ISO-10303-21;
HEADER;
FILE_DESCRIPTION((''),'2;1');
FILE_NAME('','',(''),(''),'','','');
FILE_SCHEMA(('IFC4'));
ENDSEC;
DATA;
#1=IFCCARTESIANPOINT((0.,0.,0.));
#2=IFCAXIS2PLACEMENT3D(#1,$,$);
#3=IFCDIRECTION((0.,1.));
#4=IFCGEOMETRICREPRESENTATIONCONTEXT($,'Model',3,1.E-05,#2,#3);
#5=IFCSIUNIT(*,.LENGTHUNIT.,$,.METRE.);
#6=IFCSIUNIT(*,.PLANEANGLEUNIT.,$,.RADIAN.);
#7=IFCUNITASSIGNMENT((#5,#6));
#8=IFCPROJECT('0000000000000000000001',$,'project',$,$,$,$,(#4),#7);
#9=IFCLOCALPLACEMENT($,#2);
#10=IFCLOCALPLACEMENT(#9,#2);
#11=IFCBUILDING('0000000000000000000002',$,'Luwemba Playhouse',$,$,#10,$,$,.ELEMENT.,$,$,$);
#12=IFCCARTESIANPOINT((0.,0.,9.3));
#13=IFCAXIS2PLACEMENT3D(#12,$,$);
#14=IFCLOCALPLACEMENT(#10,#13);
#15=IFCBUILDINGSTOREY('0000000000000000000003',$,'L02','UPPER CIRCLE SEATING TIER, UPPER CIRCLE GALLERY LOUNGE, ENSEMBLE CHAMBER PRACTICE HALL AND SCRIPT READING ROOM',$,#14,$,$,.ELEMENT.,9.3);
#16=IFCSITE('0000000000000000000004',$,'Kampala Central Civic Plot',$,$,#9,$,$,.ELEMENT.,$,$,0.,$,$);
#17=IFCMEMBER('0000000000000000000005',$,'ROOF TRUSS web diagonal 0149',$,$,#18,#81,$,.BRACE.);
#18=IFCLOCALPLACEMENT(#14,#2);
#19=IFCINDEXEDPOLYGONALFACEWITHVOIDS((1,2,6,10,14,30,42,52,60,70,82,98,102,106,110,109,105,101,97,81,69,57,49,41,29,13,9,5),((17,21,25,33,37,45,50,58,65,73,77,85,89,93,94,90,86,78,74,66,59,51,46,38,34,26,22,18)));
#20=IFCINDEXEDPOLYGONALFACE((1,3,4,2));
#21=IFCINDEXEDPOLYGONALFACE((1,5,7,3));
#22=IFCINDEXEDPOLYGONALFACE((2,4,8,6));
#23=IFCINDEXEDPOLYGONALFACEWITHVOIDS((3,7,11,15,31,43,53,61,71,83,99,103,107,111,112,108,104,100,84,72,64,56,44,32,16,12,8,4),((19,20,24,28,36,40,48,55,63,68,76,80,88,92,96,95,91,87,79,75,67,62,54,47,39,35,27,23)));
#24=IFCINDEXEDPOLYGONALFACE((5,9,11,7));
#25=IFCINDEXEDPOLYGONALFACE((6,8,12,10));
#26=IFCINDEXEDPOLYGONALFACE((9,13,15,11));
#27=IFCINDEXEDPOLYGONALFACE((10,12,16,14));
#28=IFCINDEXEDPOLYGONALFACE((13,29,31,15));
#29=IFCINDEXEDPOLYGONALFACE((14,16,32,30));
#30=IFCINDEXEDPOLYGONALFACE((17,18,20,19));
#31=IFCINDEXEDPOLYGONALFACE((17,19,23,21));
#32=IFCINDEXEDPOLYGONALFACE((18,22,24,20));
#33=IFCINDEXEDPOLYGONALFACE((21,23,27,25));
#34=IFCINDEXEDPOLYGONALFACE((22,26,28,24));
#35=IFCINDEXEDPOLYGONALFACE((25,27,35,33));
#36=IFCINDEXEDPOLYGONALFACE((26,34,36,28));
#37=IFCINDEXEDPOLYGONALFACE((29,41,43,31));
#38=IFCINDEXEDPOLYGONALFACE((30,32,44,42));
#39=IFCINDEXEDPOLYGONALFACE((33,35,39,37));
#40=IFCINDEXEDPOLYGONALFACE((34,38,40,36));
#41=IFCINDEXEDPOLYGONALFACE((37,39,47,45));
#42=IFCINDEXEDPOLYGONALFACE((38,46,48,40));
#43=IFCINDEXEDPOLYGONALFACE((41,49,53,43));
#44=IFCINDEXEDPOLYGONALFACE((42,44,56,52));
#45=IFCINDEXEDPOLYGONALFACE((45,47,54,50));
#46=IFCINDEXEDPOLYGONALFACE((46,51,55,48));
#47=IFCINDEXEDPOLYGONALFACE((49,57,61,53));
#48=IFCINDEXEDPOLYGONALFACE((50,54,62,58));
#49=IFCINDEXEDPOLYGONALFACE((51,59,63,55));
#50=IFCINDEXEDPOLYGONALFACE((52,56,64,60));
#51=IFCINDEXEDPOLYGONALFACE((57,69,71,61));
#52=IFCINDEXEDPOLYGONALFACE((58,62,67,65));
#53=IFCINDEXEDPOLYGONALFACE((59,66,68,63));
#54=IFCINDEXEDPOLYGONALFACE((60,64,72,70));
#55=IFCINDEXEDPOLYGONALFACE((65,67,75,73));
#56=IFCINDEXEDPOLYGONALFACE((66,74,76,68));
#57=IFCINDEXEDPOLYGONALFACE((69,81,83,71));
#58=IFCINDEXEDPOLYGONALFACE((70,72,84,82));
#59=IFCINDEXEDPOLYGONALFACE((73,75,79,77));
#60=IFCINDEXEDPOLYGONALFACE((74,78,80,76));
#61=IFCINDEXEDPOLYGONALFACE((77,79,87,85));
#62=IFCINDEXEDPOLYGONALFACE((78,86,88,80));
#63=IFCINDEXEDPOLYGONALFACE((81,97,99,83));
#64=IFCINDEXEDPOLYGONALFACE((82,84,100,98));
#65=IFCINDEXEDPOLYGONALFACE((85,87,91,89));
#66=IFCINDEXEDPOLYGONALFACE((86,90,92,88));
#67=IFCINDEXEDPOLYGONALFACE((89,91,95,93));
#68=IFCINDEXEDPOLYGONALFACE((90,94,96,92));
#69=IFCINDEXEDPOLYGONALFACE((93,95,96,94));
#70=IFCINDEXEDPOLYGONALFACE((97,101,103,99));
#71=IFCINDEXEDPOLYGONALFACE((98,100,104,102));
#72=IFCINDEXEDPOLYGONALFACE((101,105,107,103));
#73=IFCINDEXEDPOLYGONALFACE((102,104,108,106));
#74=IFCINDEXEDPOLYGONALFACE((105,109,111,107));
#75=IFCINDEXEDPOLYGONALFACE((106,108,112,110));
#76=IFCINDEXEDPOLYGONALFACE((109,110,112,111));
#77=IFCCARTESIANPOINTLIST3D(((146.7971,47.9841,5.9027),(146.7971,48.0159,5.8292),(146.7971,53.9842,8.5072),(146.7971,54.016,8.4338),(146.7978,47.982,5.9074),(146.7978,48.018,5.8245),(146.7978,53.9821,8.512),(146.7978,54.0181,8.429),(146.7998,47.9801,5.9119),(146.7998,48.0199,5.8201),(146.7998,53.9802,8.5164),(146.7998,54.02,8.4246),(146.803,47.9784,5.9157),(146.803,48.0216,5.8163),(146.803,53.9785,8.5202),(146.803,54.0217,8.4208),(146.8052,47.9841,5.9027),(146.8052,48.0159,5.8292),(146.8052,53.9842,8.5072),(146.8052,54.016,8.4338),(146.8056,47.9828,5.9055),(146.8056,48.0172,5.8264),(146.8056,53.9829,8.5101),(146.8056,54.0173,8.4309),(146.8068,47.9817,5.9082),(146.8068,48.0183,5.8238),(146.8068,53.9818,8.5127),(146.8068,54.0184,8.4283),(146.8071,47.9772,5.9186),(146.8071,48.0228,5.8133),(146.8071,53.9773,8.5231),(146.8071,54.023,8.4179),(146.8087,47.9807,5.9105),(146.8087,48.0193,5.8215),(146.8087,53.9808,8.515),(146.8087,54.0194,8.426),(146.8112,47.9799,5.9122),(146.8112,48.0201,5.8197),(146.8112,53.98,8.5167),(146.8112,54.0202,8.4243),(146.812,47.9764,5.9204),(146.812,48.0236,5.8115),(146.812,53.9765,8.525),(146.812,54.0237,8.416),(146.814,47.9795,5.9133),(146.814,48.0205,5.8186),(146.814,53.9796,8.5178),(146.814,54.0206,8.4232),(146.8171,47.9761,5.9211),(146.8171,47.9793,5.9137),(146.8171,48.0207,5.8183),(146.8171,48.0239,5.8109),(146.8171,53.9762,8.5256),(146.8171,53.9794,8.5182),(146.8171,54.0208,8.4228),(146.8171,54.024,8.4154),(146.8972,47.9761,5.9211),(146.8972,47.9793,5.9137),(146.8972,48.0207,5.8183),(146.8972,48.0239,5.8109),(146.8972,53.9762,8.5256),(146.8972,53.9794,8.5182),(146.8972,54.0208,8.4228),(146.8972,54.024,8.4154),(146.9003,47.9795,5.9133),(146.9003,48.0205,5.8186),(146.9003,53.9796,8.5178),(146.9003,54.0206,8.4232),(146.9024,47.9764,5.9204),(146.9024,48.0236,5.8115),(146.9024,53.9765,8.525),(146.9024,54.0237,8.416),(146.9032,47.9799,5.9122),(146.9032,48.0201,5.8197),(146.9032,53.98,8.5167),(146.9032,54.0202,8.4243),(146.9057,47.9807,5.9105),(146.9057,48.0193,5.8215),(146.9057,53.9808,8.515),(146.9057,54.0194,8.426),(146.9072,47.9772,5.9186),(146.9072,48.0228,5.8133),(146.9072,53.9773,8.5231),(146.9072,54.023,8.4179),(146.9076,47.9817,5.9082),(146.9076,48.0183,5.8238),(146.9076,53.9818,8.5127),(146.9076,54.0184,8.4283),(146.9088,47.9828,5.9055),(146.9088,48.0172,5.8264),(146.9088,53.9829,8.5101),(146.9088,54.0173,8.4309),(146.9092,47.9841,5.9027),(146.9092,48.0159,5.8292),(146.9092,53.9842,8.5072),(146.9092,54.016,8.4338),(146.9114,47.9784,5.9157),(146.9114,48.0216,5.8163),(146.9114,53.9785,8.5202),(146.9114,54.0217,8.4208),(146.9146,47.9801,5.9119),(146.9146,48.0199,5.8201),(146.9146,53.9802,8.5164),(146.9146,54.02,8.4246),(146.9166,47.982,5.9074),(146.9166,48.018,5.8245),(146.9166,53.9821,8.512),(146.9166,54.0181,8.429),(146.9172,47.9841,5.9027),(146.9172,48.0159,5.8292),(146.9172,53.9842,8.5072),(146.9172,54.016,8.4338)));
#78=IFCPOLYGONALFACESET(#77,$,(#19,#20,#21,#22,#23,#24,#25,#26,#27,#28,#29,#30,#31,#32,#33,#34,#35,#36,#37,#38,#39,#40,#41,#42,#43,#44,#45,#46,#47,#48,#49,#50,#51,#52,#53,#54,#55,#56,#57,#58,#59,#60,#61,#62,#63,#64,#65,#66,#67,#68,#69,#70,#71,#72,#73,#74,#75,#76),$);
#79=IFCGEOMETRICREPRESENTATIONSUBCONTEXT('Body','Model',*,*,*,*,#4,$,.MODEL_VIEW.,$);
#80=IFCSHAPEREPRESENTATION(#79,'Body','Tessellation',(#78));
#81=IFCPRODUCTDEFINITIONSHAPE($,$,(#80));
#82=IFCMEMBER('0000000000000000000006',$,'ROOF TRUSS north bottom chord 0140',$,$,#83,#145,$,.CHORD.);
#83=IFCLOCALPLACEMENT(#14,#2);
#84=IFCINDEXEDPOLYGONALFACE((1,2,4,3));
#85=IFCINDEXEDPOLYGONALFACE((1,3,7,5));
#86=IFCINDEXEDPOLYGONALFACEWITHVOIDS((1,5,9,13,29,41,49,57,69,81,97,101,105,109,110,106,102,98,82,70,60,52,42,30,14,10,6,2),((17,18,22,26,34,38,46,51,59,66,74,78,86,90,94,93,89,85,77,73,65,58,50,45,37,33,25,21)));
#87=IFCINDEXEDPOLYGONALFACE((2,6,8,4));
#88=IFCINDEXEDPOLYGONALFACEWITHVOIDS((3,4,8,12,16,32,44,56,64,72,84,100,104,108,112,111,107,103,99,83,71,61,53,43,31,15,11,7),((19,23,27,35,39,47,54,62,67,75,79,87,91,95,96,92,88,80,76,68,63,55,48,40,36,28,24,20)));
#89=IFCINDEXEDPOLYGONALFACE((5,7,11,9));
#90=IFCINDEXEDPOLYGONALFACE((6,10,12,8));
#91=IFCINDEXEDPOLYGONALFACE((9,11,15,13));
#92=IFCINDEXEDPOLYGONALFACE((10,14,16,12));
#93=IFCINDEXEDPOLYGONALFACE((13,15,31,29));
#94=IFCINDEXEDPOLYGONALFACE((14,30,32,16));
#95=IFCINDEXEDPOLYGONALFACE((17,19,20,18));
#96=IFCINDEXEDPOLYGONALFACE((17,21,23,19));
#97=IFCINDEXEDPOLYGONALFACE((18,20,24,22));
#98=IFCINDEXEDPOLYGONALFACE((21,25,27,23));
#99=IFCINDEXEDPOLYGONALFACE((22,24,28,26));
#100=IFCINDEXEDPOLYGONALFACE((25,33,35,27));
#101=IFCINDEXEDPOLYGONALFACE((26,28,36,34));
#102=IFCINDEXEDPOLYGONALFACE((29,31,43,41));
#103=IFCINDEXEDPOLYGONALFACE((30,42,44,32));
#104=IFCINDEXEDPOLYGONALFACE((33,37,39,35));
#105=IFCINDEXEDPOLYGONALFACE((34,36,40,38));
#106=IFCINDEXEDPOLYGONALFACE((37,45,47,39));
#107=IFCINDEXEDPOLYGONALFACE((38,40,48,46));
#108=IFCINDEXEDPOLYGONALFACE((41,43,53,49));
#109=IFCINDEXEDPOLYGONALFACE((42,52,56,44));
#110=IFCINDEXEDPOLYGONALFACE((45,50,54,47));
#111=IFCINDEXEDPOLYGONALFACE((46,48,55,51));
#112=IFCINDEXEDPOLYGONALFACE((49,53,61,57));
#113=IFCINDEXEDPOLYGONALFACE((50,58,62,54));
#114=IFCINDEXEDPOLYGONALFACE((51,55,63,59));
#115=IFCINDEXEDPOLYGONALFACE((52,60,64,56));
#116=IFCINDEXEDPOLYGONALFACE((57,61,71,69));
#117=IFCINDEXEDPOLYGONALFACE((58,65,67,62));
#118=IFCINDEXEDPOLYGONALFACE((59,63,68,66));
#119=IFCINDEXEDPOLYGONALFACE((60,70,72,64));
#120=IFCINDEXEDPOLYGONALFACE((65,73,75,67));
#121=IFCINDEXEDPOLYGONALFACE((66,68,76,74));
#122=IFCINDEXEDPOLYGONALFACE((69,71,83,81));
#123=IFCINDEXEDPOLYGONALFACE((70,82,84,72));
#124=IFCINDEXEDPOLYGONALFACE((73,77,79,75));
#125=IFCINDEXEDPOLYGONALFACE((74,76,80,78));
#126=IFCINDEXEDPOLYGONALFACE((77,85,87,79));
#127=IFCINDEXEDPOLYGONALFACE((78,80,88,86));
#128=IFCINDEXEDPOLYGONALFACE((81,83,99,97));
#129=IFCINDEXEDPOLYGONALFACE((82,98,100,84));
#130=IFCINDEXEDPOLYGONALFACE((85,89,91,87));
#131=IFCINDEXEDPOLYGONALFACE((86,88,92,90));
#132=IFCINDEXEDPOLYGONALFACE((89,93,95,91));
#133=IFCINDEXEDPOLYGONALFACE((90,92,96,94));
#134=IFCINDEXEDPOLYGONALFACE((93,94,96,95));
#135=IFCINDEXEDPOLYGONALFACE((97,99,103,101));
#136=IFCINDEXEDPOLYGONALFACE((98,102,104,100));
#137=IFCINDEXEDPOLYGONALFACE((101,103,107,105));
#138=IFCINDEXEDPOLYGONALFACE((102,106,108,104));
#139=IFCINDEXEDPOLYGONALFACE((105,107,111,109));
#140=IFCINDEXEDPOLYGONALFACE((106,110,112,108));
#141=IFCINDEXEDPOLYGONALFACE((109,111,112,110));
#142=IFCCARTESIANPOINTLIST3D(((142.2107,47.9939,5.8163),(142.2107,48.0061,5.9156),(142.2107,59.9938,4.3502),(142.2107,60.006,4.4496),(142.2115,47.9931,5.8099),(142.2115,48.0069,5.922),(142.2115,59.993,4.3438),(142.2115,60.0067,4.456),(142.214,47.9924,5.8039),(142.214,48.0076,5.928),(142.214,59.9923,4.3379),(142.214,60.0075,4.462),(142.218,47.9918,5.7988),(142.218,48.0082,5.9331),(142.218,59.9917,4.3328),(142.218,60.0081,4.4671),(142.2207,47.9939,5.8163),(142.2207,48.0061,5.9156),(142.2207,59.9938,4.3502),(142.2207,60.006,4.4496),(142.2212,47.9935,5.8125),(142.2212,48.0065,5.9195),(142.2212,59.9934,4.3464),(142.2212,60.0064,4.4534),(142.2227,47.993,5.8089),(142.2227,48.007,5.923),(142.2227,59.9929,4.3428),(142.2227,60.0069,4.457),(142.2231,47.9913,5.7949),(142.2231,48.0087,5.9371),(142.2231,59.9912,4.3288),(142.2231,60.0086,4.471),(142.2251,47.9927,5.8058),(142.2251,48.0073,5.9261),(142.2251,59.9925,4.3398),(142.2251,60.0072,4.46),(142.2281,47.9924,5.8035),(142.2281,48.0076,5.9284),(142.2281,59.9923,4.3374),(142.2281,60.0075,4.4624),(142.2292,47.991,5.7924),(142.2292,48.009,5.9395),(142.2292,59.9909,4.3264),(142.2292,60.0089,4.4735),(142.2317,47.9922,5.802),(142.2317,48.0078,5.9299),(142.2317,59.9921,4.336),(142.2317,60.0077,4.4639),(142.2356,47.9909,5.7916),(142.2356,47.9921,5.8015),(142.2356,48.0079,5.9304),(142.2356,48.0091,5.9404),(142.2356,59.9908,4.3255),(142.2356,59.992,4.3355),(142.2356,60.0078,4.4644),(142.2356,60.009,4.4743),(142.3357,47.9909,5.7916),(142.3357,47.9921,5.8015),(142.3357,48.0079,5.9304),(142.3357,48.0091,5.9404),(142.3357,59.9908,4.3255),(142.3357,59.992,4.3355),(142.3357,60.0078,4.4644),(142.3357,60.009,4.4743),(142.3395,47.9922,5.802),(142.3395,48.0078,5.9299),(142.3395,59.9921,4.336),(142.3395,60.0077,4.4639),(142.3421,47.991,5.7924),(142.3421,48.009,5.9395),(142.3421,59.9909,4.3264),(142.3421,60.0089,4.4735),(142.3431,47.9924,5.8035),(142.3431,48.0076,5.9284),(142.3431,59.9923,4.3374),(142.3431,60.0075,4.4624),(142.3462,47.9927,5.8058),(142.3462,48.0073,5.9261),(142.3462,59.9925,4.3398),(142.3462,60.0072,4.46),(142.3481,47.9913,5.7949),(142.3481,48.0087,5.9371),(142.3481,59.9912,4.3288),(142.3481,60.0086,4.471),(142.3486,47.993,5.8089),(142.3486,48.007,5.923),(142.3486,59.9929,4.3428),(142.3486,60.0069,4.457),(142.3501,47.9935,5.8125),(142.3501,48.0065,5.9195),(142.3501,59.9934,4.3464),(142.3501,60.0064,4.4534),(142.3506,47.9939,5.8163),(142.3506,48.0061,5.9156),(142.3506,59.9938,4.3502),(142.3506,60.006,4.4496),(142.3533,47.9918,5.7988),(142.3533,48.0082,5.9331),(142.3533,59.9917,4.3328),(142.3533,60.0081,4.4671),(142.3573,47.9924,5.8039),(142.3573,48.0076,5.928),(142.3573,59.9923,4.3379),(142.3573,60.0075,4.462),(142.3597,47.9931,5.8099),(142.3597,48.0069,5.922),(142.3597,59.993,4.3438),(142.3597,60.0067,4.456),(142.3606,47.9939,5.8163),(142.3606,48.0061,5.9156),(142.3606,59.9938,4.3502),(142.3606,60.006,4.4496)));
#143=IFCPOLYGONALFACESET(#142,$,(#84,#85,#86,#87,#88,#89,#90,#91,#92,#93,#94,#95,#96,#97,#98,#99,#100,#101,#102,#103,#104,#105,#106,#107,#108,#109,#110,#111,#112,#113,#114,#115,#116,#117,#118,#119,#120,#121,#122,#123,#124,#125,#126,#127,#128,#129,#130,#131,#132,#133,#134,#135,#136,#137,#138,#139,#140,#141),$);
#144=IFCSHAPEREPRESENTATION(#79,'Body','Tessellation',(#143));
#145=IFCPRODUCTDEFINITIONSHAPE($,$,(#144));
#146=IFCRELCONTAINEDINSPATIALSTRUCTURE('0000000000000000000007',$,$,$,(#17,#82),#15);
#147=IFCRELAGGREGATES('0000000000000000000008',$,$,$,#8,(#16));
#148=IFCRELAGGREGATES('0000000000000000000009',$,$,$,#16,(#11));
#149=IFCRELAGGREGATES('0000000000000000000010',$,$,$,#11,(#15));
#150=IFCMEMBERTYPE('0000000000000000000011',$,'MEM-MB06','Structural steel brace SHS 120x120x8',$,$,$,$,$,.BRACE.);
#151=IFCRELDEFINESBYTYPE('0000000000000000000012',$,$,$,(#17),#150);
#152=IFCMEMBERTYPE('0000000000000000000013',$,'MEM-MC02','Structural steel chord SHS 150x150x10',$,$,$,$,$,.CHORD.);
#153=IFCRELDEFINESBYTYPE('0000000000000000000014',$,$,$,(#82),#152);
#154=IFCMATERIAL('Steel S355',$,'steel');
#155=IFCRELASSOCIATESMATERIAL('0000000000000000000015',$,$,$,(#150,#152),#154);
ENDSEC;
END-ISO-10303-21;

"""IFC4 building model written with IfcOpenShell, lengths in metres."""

from ifc_helpers import new_model, si_unit, direction, frame, origin, origin_2d, place, context, subcontext, project, spatial, hollow_rectangle, extrude, material, material_profile, profile_set, type_object, element, save


model = new_model("IFC4")

# Units and contexts
model_context = context("Model", 3, precision=1e-05, world=origin(), true_north=direction((0.0, 1.0)))
body_context = subcontext(model_context, "Body", "Model", "MODEL_VIEW")
ifc_project = project(units=[si_unit("LENGTHUNIT", "METRE"), si_unit("PLANEANGLEUNIT", "RADIAN")], contexts=[model_context])

# Site, building, storey
site_placement = place(None, origin())
site = spatial("IfcSite", under=ifc_project, at=site_placement, Name="Kampala Central Civic Plot", CompositionType="ELEMENT", RefElevation=0.0)
building_placement = place(site_placement, origin())
building = spatial("IfcBuilding", under=site, at=building_placement, Name="Luwemba Playhouse", CompositionType="ELEMENT")
storey_placement = place(building_placement, frame((0.0, 0.0, 9.3)))
storey = spatial("IfcBuildingStorey", under=building, at=storey_placement, Name="L02", Description="UPPER CIRCLE SEATING TIER, UPPER CIRCLE GALLERY LOUNGE, ENSEMBLE CHAMBER PRACTICE HALL AND SCRIPT READING ROOM", CompositionType="ELEMENT", Elevation=9.3)

# Shared definitions
ifc_material_1 = material(Name="Steel S355", Category="steel")

# Members
ifc_material_profile_1 = material_profile(ifc_material_1, hollow_rectangle(XDim=0.1201, YDim=0.1201, WallThickness=0.0081, InnerFilletRadius=0.012, OuterFilletRadius=0.02, at=origin_2d()))
ifc_profile_set_1 = profile_set([ifc_material_profile_1], Name="Steel S355")
member_type_1 = type_object("IfcMemberType", Name="MEM-MB06", Description="Structural steel brace SHS 120x120x8", PredefinedType="BRACE", material=ifc_profile_set_1)
for number, where, z_axis, x_axis, name in (
    (1, (146.8572, 48.0, 5.866), (0.0, 0.917305, 0.398186), (-1.0, 0.0, 0.0), "ROOF TRUSS web diagonal 0149"),
):
    element("IfcMember", number, at=place(storey_placement, frame(where, z_axis=z_axis, x_axis=x_axis)), inside=storey, type_object=member_type_1, Name=name, PredefinedType="BRACE", context=body_context, shape_type="SweptSolid", body=[
        extrude(hollow_rectangle(XDim=0.1201, YDim=0.1201, WallThickness=0.0081, InnerFilletRadius=0.012, OuterFilletRadius=0.02, at=origin_2d()), origin(), (0.0, 0.0, 1.0), 6.541),
    ])
ifc_material_profile_2 = material_profile(ifc_material_1, hollow_rectangle(XDim=0.1499, YDim=0.1499, WallThickness=0.01, InnerFilletRadius=0.0149, OuterFilletRadius=0.0249, at=origin_2d()))
ifc_profile_set_2 = profile_set([ifc_material_profile_2], Name="Steel S355")
member_type_2 = type_object("IfcMemberType", Name="MEM-MC02", Description="Structural steel chord SHS 150x150x10", PredefinedType="CHORD", material=ifc_profile_set_2)
member_1_placement = place(storey_placement, frame((142.2856, 48.0, 5.866), z_axis=(0.0, 0.99262, -0.12127), x_axis=(-1.0, 0.0, 0.0)))
element("IfcMember", 2, at=member_1_placement, inside=storey, type_object=member_type_2, Name="ROOF TRUSS north bottom chord 0140", PredefinedType="CHORD", context=body_context, shape_type="SweptSolid", body=[
    extrude(hollow_rectangle(XDim=0.1499, YDim=0.1499, WallThickness=0.01, InnerFilletRadius=0.0149, OuterFilletRadius=0.0249, at=origin_2d()), origin(), (0.0, 0.0, 1.0), 12.0891),
])

save(model, "model.ifc")
